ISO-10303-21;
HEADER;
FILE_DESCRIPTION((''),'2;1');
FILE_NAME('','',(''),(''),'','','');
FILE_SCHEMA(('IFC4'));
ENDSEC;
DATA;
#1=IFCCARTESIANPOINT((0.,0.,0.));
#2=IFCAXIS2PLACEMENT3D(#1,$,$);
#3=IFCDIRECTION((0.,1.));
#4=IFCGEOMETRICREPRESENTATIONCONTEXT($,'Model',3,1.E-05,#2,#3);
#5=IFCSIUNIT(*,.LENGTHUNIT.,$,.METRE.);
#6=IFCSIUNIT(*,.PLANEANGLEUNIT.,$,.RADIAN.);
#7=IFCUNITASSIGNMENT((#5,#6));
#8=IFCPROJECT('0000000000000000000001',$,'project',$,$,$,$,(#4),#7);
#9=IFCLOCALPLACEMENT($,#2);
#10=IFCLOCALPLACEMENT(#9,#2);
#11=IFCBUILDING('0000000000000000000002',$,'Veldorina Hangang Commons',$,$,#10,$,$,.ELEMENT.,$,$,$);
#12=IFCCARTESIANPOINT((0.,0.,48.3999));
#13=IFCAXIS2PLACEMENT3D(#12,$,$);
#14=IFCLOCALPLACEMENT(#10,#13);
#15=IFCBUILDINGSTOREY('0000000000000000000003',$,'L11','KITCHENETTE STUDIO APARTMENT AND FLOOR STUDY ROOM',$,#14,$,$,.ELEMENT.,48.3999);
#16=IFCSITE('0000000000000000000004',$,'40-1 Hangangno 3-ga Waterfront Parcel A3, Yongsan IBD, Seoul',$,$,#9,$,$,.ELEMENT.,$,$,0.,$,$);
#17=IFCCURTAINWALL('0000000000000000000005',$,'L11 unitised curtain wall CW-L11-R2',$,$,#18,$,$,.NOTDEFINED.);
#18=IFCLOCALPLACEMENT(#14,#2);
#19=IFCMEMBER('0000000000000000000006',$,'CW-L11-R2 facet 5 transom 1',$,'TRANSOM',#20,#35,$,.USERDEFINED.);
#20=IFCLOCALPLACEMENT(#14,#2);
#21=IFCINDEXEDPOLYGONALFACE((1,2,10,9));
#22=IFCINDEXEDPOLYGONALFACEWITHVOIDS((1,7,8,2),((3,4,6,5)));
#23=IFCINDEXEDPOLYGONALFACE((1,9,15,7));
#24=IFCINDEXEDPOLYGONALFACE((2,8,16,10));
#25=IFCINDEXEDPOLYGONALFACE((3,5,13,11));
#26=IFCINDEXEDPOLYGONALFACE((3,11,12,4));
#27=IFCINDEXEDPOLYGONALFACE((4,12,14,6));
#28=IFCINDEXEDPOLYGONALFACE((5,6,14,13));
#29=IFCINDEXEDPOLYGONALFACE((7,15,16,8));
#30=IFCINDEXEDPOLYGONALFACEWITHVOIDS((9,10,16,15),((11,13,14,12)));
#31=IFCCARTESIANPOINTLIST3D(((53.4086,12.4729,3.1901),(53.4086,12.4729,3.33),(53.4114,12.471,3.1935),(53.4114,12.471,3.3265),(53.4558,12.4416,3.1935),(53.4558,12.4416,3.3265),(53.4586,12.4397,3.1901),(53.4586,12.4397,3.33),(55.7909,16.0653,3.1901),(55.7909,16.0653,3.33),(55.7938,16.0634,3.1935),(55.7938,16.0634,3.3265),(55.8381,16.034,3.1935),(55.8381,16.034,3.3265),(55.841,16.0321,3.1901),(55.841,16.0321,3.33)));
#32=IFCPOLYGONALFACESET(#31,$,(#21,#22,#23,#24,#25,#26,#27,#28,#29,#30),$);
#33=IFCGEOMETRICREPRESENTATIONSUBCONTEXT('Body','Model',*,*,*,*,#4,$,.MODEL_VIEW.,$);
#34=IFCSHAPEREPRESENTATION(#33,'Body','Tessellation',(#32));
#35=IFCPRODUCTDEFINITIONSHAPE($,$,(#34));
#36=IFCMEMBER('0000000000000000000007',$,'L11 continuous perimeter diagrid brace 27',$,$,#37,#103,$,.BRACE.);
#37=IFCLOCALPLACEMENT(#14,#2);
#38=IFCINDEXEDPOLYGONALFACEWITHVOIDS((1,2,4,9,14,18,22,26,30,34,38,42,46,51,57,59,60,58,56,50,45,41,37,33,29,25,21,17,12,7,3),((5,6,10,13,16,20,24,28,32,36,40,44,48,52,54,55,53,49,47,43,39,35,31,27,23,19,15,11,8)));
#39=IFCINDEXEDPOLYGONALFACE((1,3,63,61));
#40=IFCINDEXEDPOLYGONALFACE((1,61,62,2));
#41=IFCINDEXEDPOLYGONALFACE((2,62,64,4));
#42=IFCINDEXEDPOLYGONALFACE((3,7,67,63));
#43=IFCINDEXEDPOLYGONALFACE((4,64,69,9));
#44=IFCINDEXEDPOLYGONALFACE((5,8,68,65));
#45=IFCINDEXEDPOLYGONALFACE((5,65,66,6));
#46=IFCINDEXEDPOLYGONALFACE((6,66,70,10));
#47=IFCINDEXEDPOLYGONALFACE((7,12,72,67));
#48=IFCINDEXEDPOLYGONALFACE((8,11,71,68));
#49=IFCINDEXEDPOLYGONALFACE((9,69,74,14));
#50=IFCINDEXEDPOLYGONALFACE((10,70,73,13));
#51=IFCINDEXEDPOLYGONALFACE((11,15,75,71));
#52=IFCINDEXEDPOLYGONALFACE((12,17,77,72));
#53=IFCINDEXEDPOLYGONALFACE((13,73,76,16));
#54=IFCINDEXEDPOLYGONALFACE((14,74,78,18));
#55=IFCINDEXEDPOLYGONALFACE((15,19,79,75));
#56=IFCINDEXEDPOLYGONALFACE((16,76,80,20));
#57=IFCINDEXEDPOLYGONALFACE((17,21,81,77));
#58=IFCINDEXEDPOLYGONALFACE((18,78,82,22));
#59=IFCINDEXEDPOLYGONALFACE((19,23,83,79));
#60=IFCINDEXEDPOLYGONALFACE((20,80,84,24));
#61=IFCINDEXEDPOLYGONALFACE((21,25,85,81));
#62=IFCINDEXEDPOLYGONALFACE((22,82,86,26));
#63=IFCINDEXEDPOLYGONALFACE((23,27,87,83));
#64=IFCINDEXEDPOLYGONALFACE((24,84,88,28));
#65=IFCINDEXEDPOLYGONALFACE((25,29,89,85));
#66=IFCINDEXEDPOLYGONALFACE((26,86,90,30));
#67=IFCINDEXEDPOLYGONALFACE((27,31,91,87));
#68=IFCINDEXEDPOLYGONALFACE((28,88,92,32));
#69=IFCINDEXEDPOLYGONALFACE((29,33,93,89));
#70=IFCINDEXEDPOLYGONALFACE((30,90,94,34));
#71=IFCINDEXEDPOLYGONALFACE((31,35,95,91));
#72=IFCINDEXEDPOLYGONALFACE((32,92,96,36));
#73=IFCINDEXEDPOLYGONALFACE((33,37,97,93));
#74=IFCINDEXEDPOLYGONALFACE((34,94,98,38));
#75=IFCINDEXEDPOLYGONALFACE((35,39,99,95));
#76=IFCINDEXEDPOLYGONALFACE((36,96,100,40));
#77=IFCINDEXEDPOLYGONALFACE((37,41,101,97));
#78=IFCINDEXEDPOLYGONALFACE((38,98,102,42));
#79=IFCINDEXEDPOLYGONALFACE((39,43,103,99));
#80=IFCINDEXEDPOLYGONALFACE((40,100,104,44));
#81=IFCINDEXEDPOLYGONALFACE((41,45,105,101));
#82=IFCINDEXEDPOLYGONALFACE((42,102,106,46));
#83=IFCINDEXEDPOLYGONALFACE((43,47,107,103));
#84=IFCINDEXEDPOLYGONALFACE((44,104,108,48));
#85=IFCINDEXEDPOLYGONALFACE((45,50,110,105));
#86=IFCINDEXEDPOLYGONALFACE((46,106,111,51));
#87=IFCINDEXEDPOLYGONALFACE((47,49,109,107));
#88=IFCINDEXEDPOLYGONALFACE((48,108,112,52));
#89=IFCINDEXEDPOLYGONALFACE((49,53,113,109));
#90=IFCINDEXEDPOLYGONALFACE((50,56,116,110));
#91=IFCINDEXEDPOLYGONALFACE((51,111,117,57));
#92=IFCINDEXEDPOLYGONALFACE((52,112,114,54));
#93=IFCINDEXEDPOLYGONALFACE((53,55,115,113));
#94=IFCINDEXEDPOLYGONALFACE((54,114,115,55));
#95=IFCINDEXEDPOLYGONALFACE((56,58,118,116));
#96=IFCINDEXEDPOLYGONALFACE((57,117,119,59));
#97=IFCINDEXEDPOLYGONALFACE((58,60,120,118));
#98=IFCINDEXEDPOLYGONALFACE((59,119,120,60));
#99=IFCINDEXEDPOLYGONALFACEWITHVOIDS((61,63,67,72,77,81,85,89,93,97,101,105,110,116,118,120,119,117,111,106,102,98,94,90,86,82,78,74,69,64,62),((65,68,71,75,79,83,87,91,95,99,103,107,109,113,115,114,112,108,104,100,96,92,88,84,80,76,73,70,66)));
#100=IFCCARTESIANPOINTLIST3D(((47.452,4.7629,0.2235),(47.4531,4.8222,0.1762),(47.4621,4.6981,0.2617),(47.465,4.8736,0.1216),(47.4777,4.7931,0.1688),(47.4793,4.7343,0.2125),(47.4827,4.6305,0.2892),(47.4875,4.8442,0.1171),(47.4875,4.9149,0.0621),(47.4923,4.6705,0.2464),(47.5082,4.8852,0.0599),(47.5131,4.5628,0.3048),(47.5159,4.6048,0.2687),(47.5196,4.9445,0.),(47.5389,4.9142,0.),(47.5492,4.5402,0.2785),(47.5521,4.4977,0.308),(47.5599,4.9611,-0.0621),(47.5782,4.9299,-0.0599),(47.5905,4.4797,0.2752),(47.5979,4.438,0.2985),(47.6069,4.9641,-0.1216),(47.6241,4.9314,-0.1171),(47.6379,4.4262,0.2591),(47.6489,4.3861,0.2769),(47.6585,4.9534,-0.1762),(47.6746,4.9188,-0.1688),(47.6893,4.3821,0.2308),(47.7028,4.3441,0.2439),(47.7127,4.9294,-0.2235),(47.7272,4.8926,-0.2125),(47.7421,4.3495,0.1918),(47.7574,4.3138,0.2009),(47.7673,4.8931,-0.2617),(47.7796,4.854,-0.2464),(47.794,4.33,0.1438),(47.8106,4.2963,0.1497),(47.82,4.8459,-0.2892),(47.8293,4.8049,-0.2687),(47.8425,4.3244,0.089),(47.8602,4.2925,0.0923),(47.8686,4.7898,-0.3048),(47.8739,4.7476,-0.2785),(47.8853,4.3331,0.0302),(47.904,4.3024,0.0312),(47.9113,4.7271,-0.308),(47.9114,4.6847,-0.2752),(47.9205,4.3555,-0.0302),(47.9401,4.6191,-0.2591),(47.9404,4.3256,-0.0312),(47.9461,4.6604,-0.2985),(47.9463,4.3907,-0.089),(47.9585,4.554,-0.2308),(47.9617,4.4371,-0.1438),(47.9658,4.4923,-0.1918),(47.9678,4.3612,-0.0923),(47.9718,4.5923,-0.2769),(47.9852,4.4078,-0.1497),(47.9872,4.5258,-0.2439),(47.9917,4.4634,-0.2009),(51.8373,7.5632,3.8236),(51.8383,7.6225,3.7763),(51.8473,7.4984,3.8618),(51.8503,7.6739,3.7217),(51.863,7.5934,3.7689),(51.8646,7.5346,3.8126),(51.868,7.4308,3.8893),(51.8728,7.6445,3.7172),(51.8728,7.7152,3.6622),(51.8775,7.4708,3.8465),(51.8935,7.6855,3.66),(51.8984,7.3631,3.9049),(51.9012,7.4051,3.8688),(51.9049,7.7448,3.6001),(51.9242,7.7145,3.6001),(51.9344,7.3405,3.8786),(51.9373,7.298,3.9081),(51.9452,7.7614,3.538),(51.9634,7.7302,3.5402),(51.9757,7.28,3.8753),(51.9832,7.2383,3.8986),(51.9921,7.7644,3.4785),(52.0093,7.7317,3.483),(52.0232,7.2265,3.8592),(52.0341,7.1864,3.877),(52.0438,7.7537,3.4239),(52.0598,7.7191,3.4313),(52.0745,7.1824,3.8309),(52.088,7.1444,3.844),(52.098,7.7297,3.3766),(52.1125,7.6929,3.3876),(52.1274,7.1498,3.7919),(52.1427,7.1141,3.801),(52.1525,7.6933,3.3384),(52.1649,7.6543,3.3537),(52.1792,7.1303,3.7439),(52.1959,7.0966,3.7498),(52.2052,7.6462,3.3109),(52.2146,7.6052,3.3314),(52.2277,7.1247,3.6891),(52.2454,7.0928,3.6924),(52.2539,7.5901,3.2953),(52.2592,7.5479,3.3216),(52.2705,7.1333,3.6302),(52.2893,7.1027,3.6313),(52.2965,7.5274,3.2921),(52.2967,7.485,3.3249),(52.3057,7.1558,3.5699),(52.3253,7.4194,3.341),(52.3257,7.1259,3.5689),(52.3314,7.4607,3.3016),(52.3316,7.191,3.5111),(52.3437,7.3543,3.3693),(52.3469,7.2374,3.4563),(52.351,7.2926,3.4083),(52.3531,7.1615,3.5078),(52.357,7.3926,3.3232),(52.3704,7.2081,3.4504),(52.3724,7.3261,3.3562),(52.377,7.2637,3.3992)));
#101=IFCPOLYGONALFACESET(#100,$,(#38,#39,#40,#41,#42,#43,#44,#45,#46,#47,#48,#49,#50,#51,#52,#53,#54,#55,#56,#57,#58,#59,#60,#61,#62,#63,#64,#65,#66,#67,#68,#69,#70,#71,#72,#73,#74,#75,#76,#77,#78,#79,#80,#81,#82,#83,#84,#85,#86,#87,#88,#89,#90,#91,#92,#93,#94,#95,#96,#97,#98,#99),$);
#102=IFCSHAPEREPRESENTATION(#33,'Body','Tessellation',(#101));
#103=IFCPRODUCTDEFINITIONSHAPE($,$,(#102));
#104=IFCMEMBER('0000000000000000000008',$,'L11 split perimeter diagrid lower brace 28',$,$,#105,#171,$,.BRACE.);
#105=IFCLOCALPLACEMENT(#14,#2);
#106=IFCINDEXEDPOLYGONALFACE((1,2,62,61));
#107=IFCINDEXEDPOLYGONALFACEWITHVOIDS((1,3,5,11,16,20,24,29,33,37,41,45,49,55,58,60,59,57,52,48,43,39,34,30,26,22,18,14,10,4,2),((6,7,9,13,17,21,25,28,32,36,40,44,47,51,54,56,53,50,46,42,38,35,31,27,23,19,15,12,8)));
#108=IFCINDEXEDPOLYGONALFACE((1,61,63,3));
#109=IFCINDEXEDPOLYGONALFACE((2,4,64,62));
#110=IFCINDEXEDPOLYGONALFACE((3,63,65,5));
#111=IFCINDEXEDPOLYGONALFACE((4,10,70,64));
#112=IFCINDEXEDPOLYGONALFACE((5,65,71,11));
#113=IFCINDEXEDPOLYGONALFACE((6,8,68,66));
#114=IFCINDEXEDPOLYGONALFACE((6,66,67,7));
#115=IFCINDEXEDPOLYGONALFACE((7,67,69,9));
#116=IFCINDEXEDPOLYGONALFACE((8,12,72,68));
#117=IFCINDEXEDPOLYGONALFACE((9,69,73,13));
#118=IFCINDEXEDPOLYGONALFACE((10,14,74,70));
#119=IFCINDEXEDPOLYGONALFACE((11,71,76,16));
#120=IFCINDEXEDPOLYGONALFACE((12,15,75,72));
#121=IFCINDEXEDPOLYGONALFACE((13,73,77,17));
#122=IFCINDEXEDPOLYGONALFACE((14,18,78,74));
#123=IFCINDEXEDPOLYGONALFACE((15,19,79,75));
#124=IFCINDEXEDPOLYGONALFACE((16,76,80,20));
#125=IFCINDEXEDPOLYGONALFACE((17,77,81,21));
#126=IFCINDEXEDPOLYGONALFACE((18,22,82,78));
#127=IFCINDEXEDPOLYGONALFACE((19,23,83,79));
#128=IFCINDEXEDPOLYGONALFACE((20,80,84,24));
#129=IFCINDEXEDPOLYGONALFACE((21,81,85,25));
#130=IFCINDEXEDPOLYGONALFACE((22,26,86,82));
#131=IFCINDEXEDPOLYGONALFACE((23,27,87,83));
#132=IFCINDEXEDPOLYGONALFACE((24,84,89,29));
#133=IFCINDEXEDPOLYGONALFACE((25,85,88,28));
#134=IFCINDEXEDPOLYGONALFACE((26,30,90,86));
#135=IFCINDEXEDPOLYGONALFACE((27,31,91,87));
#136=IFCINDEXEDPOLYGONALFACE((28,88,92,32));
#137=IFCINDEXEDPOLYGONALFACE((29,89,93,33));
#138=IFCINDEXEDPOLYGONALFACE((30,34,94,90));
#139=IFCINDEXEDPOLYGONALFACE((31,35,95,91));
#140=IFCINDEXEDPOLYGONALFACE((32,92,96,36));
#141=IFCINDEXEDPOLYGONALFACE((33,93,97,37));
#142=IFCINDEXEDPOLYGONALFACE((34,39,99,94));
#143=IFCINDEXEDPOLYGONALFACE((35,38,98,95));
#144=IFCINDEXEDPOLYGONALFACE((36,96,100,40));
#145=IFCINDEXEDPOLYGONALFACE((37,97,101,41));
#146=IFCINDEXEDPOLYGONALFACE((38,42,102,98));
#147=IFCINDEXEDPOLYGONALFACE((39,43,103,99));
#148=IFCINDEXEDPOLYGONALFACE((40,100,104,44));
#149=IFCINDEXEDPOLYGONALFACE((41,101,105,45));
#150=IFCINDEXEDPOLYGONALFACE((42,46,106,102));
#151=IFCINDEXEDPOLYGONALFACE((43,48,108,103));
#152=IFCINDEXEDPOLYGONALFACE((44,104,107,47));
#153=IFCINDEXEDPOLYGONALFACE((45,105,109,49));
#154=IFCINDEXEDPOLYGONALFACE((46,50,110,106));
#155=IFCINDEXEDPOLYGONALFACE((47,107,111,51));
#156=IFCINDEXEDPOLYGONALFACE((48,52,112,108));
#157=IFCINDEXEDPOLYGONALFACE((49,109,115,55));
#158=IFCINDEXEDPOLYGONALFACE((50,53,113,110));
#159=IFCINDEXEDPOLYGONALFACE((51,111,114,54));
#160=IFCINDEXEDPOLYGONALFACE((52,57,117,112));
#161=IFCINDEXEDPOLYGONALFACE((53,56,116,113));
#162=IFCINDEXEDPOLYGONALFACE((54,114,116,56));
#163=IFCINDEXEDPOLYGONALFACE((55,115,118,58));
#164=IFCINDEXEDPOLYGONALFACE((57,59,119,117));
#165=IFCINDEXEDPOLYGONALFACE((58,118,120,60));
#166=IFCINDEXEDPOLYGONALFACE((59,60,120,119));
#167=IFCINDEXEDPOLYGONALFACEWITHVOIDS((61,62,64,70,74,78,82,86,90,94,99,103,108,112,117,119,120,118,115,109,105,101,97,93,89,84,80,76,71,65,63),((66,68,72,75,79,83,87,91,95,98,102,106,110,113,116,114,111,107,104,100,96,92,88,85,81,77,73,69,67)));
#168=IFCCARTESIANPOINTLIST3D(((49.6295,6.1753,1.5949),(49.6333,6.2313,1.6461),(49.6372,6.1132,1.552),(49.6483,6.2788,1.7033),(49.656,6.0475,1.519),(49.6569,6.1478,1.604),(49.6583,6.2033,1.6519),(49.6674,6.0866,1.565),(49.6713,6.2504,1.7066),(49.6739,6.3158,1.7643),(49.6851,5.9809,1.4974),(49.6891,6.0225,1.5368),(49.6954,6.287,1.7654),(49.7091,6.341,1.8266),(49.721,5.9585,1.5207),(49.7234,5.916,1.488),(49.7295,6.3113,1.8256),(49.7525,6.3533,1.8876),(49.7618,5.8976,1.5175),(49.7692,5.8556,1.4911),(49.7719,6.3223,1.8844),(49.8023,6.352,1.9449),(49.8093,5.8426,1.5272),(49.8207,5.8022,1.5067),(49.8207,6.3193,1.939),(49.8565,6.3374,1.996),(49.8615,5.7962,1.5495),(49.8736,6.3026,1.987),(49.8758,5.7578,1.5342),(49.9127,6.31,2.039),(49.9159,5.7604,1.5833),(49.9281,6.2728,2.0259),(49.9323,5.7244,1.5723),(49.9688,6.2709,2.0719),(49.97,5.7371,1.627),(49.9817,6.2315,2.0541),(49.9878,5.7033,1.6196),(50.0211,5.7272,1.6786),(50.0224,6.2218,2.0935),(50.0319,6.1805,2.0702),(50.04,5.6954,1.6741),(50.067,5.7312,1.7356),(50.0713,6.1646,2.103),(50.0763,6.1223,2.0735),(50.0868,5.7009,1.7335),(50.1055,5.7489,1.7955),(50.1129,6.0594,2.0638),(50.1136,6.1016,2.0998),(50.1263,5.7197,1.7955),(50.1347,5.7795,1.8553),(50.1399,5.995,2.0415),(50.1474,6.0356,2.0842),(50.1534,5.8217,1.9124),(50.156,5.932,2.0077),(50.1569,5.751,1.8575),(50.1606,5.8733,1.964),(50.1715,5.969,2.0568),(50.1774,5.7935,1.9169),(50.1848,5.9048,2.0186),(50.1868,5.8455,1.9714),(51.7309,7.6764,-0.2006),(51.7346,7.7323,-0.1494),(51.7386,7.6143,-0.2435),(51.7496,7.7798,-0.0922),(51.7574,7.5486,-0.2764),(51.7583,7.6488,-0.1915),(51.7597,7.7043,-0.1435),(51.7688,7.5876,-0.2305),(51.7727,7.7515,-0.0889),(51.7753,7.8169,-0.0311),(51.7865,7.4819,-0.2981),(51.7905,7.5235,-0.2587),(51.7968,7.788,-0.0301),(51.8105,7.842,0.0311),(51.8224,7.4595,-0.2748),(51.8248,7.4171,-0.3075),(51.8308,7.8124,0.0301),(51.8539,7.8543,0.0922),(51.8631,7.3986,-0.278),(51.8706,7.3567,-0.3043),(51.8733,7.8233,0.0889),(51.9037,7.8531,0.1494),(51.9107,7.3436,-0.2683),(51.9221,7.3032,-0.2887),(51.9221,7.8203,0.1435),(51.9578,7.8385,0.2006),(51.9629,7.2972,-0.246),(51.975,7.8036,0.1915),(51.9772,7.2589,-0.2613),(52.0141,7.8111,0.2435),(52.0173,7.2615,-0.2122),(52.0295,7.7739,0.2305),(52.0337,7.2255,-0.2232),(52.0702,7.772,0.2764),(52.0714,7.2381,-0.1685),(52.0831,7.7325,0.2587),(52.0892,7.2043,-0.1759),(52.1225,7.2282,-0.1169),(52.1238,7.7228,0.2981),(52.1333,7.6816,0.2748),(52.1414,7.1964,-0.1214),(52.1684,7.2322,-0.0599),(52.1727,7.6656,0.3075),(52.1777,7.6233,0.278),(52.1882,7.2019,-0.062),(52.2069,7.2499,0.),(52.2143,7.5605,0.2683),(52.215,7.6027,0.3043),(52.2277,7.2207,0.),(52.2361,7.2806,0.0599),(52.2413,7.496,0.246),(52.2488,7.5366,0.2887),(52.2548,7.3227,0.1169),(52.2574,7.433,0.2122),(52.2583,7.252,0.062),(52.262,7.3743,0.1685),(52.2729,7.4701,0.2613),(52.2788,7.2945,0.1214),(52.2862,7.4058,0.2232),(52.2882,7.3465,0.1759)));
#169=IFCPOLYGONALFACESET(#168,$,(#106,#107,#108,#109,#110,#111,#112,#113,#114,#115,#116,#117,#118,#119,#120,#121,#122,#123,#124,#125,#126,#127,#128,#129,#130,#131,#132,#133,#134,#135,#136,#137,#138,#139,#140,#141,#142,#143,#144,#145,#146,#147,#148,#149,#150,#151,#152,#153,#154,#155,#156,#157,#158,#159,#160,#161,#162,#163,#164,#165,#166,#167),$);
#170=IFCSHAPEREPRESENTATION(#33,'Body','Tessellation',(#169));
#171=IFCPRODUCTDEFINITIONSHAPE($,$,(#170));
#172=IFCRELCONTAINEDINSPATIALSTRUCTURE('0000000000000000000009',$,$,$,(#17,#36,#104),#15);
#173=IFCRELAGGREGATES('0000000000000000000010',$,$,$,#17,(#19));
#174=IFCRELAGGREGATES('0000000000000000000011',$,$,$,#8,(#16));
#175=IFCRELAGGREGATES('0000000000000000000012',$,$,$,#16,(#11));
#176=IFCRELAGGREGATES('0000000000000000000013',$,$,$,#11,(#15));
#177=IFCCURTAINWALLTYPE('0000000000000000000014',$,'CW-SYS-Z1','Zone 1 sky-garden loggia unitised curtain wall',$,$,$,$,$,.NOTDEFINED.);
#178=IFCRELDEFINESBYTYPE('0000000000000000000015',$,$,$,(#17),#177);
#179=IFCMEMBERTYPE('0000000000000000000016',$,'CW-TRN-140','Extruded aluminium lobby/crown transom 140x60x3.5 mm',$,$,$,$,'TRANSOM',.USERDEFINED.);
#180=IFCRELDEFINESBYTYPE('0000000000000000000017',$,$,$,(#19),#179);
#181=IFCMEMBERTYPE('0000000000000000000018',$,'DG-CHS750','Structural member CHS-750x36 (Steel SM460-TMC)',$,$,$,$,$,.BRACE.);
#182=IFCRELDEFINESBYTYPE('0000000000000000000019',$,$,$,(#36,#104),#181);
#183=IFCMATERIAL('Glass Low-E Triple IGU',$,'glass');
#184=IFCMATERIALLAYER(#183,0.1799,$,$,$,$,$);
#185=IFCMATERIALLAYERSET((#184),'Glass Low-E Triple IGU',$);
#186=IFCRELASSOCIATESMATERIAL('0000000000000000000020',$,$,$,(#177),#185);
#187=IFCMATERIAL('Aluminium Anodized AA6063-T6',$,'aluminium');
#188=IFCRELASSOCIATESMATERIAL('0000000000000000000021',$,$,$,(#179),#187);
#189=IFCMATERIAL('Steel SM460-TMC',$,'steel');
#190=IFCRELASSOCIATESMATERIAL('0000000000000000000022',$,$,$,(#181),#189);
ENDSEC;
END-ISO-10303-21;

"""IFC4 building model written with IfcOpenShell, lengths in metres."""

from ifc_helpers import new_model, si_unit, direction, frame, origin, origin_2d, place, context, subcontext, project, spatial, hollow_rectangle, hollow_circle, extrude, material, layer, layer_set, material_profile, profile_set, type_object, element, aggregate, save


model = new_model("IFC4")

# Units and contexts
model_context = context("Model", 3, precision=1e-05, world=origin(), true_north=direction((0.0, 1.0)))
body_context = subcontext(model_context, "Body", "Model", "MODEL_VIEW")
ifc_project = project(units=[si_unit("LENGTHUNIT", "METRE"), si_unit("PLANEANGLEUNIT", "RADIAN")], contexts=[model_context])

# Site, building, storey
site_placement = place(None, origin())
site = spatial("IfcSite", under=ifc_project, at=site_placement, Name="40-1 Hangangno 3-ga Waterfront Parcel A3, Yongsan IBD, Seoul", CompositionType="ELEMENT", RefElevation=0.0)
building_placement = place(site_placement, origin())
building = spatial("IfcBuilding", under=site, at=building_placement, Name="Veldorina Hangang Commons", CompositionType="ELEMENT")
storey_placement = place(building_placement, frame((0.0, 0.0, 48.3999)))
storey = spatial("IfcBuildingStorey", under=building, at=storey_placement, Name="L11", Description="KITCHENETTE STUDIO APARTMENT AND FLOOR STUDY ROOM", CompositionType="ELEMENT", Elevation=48.3999)

# Shared definitions
ifc_material_1 = material(Name="Steel SM460-TMC", Category="steel")

# Curtain wall, member
ifc_material_2 = material(Name="Glass Low-E Triple IGU", Category="glass")
ifc_layer_1 = layer(ifc_material_2, 0.1799)
ifc_layer_set_1 = layer_set([ifc_layer_1], Name="Glass Low-E Triple IGU")
curtain_wall_type = type_object("IfcCurtainWallType", Name="CW-SYS-Z1", Description="Zone 1 sky-garden loggia unitised curtain wall", PredefinedType="NOTDEFINED", material=ifc_layer_set_1)
curtain_wall_placement = place(storey_placement, origin())
curtain_wall = element("IfcCurtainWall", 1, at=curtain_wall_placement, inside=storey, type_object=curtain_wall_type, Name="L11 unitised curtain wall CW-L11-R2", PredefinedType="NOTDEFINED")
ifc_material_3 = material(Name="Aluminium Anodized AA6063-T6", Category="aluminium")
ifc_material_profile_1 = material_profile(ifc_material_3, hollow_rectangle(XDim=0.0601, YDim=0.1399, WallThickness=0.0034, at=origin_2d()), Name="ALU-RHS-140x60x3.5")
ifc_profile_set_1 = profile_set([ifc_material_profile_1], Name="Aluminium Anodized AA6063-T6")
member_type_1 = type_object("IfcMemberType", Name="CW-TRN-140", Description="Extruded aluminium lobby/crown transom 140x60x3.5 mm", ElementType="TRANSOM", PredefinedType="USERDEFINED", material=ifc_profile_set_1)
member_1_placement = place(storey_placement, frame((53.4336, 12.4563, 3.26), z_axis=(0.552686, 0.83339, 0.0), x_axis=(-0.83339, 0.552686, 0.0)))
member_1 = element("IfcMember", 2, at=member_1_placement, type_object=member_type_1, Name="CW-L11-R2 facet 5 transom 1", ObjectType="TRANSOM", PredefinedType="USERDEFINED", context=body_context, shape_type="SweptSolid", body=[
    extrude(hollow_rectangle(XDim=0.0601, YDim=0.1399, WallThickness=0.0034, at=origin_2d()), origin(), (0.0, 0.0, 1.0), 4.3105),
])

# Members
ifc_material_profile_2 = material_profile(ifc_material_1, hollow_circle(Radius=0.375, WallThickness=0.0359, at=origin_2d()), Name="CHS-750x36")
ifc_profile_set_2 = profile_set([ifc_material_profile_2], Name="Steel SM460-TMC")
member_type_2 = type_object("IfcMemberType", Name="DG-CHS750", Description="Structural member CHS-750x36 (Steel SM460-TMC)", PredefinedType="BRACE", material=ifc_profile_set_2)
member_2_placement = place(storey_placement, frame((47.7214, 4.6284, 0.0), z_axis=(0.693085, 0.442584, 0.568992), x_axis=(-0.538199, 0.842818, 0.0)))
element("IfcMember", 3, at=member_2_placement, inside=storey, type_object=member_type_2, Name="L11 continuous perimeter diagrid brace 27", PredefinedType="BRACE", context=body_context, shape_type="SweptSolid", body=[
    extrude(hollow_circle(Radius=0.375, WallThickness=0.0359, at=origin_2d()), origin(), (0.0, 0.0, 1.0), 6.3271),
])
member_3_placement = place(storey_placement, frame((52.0098, 7.5259, 0.0), z_axis=(-0.668114, -0.477235, 0.57085), x_axis=(0.581247, -0.813727, 0.0)))
element("IfcMember", 4, at=member_3_placement, inside=storey, type_object=member_type_2, Name="L11 split perimeter diagrid lower brace 28", PredefinedType="BRACE", context=body_context, shape_type="SweptSolid", body=[
    extrude(hollow_circle(Radius=0.375, WallThickness=0.0359, at=origin_2d()), origin(), (0.0, 0.0, 1.0), 3.1453),
])

aggregate(curtain_wall, [member_1])

save(model, "model.ifc")
